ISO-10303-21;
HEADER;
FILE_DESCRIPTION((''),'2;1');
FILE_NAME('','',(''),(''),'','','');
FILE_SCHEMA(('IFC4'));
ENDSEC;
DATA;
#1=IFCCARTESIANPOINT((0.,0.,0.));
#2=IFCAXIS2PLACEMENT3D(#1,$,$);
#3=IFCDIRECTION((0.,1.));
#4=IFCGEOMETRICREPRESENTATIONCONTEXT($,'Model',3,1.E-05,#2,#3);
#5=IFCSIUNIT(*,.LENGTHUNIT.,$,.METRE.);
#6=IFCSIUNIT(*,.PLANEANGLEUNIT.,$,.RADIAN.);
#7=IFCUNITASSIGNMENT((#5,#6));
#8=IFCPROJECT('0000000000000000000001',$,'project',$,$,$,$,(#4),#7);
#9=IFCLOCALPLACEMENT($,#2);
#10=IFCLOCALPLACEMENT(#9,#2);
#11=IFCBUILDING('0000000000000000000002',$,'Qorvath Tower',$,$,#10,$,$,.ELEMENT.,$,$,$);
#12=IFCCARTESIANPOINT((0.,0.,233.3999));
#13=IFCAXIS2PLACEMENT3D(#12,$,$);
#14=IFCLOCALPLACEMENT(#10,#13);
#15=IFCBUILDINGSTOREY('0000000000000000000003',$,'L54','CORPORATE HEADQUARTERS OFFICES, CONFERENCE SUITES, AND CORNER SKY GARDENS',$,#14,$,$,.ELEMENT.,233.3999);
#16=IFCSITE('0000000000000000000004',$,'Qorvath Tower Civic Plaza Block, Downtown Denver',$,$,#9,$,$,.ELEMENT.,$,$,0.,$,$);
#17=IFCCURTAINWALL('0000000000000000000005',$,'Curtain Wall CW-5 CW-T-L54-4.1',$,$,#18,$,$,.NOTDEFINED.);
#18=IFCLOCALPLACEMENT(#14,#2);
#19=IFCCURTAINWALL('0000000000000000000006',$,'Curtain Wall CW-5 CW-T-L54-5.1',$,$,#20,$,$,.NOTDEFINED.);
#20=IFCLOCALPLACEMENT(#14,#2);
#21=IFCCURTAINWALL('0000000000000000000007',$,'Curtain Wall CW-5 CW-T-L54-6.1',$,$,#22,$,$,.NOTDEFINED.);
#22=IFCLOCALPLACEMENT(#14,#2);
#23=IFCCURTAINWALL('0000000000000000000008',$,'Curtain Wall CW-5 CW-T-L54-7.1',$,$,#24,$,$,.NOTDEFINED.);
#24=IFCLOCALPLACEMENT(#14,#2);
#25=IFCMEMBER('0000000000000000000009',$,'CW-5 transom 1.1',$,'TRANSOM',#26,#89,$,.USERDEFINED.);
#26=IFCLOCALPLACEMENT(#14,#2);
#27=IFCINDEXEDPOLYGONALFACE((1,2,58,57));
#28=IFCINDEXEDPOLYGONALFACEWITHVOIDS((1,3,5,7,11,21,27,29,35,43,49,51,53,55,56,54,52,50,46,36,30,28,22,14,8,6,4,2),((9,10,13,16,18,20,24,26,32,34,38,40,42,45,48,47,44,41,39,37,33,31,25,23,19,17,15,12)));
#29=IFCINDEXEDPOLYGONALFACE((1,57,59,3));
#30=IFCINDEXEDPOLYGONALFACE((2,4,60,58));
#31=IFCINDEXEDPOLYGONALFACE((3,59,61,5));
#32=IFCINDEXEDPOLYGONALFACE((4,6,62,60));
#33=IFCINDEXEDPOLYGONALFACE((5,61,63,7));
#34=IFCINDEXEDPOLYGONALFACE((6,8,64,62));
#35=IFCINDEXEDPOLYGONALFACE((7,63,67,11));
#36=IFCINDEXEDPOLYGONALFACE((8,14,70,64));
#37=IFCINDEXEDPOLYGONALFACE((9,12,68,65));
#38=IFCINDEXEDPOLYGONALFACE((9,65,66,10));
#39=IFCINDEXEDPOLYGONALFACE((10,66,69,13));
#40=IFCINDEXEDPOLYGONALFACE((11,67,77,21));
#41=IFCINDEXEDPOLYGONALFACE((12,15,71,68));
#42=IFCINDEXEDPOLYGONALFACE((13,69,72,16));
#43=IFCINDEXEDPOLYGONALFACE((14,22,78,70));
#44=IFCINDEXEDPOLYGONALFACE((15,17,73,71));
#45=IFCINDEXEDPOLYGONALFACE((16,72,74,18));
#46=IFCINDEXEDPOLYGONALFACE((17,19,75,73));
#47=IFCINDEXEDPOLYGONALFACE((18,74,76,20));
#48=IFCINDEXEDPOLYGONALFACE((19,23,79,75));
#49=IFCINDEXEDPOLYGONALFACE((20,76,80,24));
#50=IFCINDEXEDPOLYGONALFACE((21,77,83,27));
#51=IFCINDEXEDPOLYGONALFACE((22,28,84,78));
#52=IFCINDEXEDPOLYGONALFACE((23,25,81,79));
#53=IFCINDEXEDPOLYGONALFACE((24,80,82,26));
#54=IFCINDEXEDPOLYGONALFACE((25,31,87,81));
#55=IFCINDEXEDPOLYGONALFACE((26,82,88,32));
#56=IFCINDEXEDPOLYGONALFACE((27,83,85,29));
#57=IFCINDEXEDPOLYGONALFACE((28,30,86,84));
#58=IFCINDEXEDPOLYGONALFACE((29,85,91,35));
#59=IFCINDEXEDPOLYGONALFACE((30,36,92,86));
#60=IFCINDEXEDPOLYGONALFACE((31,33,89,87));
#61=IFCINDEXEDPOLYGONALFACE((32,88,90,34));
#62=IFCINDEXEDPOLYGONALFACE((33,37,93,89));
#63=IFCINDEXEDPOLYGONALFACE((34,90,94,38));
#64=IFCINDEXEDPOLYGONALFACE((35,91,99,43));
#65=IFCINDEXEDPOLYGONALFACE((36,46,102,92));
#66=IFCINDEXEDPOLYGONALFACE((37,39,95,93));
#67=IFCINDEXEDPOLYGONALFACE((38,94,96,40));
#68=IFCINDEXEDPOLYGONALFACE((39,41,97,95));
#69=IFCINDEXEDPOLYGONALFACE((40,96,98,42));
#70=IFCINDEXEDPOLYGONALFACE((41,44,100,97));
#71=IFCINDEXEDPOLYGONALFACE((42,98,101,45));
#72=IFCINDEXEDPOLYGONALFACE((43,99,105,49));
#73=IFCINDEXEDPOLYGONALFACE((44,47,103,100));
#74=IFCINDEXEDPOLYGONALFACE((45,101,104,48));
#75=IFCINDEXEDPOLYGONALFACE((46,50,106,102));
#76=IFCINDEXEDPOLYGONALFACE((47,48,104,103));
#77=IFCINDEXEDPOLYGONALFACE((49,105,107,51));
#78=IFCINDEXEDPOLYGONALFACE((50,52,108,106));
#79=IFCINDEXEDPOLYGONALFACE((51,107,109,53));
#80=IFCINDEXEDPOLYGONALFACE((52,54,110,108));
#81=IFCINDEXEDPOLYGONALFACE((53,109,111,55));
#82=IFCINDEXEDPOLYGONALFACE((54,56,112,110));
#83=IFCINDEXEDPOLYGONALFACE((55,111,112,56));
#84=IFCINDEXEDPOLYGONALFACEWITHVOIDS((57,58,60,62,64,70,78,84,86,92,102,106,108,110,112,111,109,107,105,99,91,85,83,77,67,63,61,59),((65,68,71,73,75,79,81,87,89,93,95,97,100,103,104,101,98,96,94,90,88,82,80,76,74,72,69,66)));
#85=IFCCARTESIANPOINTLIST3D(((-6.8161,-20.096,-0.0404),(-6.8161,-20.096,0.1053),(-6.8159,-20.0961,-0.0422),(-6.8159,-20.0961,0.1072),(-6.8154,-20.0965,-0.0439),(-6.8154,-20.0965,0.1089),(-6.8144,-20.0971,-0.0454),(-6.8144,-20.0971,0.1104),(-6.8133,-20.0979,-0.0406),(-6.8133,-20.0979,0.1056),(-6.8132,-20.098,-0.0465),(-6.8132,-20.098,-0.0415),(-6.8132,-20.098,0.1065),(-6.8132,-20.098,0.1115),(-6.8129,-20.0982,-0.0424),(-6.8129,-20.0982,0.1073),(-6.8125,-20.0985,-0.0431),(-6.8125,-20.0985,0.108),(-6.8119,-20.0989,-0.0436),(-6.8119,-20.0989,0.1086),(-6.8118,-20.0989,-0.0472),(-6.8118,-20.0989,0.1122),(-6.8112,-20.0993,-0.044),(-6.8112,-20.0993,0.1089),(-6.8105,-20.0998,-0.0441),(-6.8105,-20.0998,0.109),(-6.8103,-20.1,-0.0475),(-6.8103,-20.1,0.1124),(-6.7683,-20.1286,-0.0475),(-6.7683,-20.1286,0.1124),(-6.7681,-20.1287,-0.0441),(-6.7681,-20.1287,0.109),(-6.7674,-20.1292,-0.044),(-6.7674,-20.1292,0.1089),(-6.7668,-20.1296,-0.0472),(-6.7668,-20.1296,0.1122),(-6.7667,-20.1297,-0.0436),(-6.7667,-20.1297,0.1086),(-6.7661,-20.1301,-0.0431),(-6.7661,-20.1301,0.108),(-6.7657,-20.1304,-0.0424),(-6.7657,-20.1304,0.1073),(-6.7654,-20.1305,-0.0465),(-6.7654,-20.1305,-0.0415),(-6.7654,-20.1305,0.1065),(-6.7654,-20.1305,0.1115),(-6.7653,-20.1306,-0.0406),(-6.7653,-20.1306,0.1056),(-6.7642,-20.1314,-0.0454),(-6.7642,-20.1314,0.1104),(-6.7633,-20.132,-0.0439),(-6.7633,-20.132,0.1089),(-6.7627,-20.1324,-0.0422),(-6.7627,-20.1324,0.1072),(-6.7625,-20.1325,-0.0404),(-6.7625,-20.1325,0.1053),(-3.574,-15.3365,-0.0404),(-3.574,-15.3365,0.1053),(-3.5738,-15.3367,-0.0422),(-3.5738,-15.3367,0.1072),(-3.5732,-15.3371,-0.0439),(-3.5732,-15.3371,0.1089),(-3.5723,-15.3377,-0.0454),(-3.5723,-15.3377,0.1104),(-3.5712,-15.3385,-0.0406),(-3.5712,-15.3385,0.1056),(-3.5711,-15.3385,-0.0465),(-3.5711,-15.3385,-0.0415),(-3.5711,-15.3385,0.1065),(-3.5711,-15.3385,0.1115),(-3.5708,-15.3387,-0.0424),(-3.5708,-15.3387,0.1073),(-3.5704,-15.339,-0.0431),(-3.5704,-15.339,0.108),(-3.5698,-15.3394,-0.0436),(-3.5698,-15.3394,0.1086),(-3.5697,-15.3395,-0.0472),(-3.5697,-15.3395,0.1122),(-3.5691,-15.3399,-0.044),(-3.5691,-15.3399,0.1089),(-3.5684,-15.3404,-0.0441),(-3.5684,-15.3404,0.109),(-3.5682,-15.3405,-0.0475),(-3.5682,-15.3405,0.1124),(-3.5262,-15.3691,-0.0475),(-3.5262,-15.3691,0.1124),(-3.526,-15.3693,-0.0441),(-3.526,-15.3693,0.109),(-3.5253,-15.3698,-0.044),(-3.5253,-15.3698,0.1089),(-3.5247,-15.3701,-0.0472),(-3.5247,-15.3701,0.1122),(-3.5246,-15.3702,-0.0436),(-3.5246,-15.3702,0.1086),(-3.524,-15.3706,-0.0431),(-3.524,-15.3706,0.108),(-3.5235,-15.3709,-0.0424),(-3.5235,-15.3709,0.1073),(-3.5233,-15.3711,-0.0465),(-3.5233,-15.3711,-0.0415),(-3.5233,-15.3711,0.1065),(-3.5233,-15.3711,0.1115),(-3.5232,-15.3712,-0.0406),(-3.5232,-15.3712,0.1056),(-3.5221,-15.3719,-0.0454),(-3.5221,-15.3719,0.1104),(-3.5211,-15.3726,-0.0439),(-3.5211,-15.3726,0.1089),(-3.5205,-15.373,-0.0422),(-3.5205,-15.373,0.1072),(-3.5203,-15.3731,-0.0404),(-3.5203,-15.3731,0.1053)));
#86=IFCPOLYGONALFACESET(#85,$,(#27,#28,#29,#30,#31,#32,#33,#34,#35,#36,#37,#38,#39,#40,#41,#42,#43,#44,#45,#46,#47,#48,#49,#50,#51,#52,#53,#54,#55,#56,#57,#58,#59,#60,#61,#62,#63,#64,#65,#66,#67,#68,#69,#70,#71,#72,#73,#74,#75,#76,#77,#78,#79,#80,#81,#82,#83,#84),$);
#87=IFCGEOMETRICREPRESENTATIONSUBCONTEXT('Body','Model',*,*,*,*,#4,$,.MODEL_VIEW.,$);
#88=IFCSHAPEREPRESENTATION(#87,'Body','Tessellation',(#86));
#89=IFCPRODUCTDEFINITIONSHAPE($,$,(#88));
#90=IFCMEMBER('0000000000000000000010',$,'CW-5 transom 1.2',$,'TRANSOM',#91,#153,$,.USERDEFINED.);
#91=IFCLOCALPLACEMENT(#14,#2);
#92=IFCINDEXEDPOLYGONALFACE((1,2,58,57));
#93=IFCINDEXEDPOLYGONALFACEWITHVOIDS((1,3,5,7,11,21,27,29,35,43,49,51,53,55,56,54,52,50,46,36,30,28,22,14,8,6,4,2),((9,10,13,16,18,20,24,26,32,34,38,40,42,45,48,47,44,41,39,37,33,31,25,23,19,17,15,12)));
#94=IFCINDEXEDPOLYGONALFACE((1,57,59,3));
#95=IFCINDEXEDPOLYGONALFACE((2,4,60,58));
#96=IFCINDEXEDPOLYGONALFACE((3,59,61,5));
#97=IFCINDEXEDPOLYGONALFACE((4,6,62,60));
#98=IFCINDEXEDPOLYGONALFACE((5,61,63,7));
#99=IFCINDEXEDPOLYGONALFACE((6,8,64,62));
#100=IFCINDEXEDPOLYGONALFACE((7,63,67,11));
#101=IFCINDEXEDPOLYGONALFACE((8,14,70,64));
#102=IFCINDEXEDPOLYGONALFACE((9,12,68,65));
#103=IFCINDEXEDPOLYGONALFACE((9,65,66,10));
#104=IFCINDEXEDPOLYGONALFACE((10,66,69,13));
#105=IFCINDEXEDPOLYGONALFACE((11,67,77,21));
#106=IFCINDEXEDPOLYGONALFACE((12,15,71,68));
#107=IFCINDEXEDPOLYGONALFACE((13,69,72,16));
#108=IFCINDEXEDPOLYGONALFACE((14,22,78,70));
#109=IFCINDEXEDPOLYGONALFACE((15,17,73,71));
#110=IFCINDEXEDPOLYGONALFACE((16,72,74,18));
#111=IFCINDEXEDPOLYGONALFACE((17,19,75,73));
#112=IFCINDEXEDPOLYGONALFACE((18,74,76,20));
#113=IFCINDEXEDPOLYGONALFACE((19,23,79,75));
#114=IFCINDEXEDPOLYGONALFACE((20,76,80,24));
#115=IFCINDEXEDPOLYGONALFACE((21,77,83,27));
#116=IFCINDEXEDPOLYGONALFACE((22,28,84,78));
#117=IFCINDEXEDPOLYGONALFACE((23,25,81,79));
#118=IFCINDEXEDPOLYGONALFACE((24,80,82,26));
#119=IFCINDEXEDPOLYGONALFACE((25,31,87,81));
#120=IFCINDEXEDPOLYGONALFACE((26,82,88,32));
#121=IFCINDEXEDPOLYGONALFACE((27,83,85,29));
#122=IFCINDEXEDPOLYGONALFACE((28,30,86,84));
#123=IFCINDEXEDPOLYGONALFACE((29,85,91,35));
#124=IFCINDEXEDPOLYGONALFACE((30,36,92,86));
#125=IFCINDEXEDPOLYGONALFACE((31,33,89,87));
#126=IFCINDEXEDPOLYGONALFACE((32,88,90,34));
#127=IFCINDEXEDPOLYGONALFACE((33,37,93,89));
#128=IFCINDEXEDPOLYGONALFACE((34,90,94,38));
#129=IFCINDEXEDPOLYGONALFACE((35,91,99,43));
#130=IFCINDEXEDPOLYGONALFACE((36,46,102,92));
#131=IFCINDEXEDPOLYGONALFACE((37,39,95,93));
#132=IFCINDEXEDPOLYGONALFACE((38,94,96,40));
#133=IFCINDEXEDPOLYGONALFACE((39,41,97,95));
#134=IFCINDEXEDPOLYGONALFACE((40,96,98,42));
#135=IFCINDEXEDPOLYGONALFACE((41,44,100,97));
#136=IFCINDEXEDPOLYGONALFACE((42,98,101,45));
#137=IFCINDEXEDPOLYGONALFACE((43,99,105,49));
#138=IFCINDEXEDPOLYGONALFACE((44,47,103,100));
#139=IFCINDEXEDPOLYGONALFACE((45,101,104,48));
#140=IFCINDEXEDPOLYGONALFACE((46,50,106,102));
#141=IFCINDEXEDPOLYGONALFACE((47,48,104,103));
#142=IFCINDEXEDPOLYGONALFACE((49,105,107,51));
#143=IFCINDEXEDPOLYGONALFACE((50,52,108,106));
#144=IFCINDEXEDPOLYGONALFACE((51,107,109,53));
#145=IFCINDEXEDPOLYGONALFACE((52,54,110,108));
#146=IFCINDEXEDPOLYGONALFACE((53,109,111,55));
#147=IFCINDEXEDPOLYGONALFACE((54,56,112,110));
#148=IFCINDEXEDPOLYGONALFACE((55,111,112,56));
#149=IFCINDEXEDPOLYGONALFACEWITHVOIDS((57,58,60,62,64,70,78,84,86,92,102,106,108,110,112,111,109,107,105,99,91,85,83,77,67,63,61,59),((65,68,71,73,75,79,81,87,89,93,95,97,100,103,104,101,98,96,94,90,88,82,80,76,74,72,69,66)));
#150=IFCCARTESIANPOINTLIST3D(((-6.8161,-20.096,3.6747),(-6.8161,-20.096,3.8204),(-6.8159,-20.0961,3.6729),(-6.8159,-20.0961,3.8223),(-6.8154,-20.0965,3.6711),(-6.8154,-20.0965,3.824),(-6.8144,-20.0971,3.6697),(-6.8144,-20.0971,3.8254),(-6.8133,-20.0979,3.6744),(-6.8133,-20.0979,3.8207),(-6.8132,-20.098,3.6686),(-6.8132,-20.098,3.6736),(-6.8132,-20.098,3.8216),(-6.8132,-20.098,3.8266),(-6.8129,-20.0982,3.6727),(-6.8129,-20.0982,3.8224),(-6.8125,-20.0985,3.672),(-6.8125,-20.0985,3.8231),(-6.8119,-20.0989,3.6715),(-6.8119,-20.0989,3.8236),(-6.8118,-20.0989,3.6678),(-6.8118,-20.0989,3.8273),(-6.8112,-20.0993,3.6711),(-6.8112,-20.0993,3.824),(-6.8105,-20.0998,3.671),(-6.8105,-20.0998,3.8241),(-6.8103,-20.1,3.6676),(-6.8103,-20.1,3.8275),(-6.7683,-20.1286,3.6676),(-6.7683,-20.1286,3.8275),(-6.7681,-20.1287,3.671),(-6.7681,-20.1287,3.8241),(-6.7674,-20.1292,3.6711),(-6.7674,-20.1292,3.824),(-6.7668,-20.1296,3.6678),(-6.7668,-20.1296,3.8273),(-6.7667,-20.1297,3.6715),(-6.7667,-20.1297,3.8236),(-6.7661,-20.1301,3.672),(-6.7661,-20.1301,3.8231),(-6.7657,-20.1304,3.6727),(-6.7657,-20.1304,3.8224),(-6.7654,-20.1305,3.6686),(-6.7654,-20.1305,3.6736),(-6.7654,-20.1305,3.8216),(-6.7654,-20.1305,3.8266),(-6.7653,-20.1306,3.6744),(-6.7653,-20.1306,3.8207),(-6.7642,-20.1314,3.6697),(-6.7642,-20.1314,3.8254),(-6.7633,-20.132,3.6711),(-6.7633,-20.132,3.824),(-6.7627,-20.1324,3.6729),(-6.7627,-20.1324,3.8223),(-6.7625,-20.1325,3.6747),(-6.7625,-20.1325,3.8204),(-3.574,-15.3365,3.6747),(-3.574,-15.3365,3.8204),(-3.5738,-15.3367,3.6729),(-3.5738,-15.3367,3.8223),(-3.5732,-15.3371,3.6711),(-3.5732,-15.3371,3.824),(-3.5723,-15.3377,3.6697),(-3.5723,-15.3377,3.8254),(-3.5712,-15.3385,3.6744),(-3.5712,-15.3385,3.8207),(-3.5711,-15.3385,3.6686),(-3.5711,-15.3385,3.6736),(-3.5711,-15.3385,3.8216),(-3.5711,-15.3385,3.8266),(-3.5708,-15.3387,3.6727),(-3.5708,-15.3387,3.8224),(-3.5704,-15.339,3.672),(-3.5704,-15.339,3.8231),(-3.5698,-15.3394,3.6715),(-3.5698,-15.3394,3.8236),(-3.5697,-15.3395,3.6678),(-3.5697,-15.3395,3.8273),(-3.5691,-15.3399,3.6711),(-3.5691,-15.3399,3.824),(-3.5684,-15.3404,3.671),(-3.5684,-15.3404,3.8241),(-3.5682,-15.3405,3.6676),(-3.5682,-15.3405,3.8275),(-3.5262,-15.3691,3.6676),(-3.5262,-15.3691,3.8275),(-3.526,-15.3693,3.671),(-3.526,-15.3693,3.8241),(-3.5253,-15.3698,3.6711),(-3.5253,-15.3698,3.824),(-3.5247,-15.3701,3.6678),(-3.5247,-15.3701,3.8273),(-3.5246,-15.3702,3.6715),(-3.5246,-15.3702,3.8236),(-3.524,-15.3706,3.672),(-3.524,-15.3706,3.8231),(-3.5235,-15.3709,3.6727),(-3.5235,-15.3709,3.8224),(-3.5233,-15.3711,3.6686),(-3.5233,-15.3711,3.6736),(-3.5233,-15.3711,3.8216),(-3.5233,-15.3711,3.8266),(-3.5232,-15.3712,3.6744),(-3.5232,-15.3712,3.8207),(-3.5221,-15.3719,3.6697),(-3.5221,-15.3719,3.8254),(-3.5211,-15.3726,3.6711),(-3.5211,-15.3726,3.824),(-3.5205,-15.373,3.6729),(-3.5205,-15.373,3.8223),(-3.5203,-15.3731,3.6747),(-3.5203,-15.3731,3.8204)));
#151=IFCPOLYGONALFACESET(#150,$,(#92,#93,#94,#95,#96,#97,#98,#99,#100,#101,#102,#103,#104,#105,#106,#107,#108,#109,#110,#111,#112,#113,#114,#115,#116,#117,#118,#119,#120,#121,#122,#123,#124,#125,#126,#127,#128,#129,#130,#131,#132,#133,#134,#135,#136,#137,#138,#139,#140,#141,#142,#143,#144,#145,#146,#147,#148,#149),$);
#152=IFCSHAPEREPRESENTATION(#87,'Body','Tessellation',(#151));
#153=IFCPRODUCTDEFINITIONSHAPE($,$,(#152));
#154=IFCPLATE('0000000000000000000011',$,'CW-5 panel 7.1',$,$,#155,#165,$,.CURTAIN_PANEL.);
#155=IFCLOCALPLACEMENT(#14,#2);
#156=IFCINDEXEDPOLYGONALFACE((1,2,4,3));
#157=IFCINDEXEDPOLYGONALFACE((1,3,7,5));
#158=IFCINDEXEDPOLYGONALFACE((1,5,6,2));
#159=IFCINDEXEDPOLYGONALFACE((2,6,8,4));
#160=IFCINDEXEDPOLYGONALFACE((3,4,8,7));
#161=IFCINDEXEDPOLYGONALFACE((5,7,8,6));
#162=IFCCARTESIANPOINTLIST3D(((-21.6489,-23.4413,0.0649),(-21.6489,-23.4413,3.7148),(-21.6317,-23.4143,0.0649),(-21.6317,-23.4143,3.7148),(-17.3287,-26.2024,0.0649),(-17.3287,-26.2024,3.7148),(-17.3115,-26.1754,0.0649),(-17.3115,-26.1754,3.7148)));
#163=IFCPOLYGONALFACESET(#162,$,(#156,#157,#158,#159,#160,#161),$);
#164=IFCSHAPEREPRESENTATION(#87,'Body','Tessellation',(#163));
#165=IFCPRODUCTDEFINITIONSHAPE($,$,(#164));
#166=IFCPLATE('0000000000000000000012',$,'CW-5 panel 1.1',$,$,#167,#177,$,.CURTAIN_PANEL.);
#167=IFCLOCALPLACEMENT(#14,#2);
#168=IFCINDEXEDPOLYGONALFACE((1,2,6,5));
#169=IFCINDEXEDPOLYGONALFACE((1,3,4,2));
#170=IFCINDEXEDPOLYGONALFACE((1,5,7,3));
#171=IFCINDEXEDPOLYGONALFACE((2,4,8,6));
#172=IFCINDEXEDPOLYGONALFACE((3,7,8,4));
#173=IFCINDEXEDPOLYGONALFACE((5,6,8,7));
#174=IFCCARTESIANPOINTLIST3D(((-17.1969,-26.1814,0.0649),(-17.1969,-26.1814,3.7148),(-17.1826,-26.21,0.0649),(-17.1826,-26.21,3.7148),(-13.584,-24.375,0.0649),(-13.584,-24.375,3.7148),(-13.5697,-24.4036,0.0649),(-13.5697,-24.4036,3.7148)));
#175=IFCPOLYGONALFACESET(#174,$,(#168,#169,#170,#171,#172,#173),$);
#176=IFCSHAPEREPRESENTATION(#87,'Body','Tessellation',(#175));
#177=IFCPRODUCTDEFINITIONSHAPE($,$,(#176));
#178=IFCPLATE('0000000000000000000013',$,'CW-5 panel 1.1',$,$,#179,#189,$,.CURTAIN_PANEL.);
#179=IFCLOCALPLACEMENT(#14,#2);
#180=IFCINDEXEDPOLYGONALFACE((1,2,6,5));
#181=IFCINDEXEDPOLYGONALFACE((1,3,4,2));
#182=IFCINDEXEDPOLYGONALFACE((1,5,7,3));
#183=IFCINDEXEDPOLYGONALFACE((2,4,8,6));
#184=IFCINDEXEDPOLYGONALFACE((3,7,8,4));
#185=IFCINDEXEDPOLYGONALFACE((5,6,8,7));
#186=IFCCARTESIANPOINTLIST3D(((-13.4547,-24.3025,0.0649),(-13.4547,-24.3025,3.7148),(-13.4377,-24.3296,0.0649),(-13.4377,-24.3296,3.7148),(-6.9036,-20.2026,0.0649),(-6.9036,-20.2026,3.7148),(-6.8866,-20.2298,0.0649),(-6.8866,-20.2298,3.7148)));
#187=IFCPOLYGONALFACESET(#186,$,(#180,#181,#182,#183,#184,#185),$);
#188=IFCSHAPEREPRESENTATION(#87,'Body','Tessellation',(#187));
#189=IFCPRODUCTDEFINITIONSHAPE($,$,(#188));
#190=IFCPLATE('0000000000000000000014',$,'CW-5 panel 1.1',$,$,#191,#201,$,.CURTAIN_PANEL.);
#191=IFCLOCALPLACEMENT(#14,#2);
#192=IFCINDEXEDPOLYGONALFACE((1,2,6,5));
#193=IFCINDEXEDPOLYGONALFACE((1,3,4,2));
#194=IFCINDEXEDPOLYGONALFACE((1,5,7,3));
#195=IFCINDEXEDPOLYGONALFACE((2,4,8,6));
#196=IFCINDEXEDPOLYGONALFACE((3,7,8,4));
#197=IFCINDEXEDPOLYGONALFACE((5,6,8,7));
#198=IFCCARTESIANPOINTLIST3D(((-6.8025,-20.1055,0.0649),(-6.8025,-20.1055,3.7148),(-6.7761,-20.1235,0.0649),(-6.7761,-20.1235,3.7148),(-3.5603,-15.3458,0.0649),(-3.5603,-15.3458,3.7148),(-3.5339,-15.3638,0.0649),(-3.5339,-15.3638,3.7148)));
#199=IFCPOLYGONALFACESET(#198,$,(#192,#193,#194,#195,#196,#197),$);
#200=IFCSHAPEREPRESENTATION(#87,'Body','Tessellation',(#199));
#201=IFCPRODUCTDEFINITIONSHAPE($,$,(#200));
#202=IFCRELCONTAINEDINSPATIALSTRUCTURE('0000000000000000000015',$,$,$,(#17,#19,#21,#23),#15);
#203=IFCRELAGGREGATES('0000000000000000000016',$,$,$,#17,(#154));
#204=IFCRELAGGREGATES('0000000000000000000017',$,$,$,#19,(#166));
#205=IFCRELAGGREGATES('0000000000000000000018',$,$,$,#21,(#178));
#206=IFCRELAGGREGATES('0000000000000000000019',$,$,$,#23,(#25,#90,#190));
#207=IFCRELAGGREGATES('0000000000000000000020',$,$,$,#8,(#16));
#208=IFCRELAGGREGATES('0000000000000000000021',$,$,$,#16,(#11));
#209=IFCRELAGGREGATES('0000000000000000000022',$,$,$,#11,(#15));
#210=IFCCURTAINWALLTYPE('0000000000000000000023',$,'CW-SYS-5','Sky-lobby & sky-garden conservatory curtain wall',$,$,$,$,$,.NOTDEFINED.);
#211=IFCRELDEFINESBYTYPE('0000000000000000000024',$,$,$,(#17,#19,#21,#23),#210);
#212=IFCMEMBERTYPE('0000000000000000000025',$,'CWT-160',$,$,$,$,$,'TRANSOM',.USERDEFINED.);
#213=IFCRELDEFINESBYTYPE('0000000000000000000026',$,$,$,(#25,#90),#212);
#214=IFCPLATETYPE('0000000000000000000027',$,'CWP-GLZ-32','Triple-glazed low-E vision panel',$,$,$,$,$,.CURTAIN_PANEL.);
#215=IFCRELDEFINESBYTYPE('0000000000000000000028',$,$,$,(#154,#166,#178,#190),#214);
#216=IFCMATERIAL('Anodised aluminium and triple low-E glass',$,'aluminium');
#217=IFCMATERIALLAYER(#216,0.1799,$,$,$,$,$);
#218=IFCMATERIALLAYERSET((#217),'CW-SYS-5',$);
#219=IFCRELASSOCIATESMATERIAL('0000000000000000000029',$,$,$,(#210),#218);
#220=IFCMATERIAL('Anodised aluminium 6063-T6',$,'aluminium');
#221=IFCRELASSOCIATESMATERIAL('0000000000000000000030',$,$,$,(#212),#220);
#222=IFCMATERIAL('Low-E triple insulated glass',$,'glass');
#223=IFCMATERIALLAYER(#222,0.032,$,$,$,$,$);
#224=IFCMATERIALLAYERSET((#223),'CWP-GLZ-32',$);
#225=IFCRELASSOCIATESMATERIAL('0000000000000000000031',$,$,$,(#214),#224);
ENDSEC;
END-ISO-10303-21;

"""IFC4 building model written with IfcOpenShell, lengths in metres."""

from ifc_helpers import new_model, si_unit, direction, frame, origin, origin_2d, place, context, subcontext, project, spatial, rectangle, hollow_rectangle, extrude, material, layer, layer_set, material_profile, profile_set, type_object, element, aggregate, save


model = new_model("IFC4")

# Units and contexts
model_context = context("Model", 3, precision=1e-05, world=origin(), true_north=direction((0.0, 1.0)))
body_context = subcontext(model_context, "Body", "Model", "MODEL_VIEW")
ifc_project = project(units=[si_unit("LENGTHUNIT", "METRE"), si_unit("PLANEANGLEUNIT", "RADIAN")], contexts=[model_context])

# Site, building, storey
site_placement = place(None, origin())
site = spatial("IfcSite", under=ifc_project, at=site_placement, Name="Qorvath Tower Civic Plaza Block, Downtown Denver", CompositionType="ELEMENT", RefElevation=0.0)
building_placement = place(site_placement, origin())
building = spatial("IfcBuilding", under=site, at=building_placement, Name="Qorvath Tower", CompositionType="ELEMENT")
storey_placement = place(building_placement, frame((0.0, 0.0, 233.3999)))
storey = spatial("IfcBuildingStorey", under=building, at=storey_placement, Name="L54", Description="CORPORATE HEADQUARTERS OFFICES, CONFERENCE SUITES, AND CORNER SKY GARDENS", CompositionType="ELEMENT", Elevation=233.3999)

# Curtain wall
ifc_material_1 = material(Name="Anodised aluminium and triple low-E glass", Category="aluminium")
ifc_layer_1 = layer(ifc_material_1, 0.1799)
ifc_layer_set_1 = layer_set([ifc_layer_1], Name="CW-SYS-5")
curtain_wall_type = type_object("IfcCurtainWallType", Name="CW-SYS-5", Description="Sky-lobby & sky-garden conservatory curtain wall", PredefinedType="NOTDEFINED", material=ifc_layer_set_1)
curtain_wall_1_placement = place(storey_placement, origin())
curtain_wall_1 = element("IfcCurtainWall", 1, at=curtain_wall_1_placement, inside=storey, type_object=curtain_wall_type, Name="Curtain Wall CW-5 CW-T-L54-4.1", PredefinedType="NOTDEFINED")

# Curtain walls
curtain_wall_2_placement = place(storey_placement, origin())
curtain_wall_2 = element("IfcCurtainWall", 2, at=curtain_wall_2_placement, inside=storey, type_object=curtain_wall_type, Name="Curtain Wall CW-5 CW-T-L54-5.1", PredefinedType="NOTDEFINED")
curtain_wall_3_placement = place(storey_placement, origin())
curtain_wall_3 = element("IfcCurtainWall", 3, at=curtain_wall_3_placement, inside=storey, type_object=curtain_wall_type, Name="Curtain Wall CW-5 CW-T-L54-6.1", PredefinedType="NOTDEFINED")
curtain_wall_4_placement = place(storey_placement, origin())
curtain_wall_4 = element("IfcCurtainWall", 4, at=curtain_wall_4_placement, inside=storey, type_object=curtain_wall_type, Name="Curtain Wall CW-5 CW-T-L54-7.1", PredefinedType="NOTDEFINED")

# Members
ifc_material_2 = material(Name="Anodised aluminium 6063-T6", Category="aluminium")
ifc_material_profile_1 = material_profile(ifc_material_2, hollow_rectangle(XDim=0.0649, YDim=0.1599, WallThickness=0.0034, InnerFilletRadius=0.0034, OuterFilletRadius=0.0071, at=origin_2d()), Name="CWT 160x65")
ifc_profile_set_1 = profile_set([ifc_material_profile_1], Name="Anodised aluminium 6063-T6")
member_type_1 = type_object("IfcMemberType", Name="CWT-160", ElementType="TRANSOM", PredefinedType="USERDEFINED", material=ifc_profile_set_1)
member_1_placement = place(storey_placement, frame((-6.7893, -20.1143, 0.0325), z_axis=(0.562988, 0.826465, 0.0), x_axis=(-0.826465, 0.562988, 0.0)))
member_1 = element("IfcMember", 5, at=member_1_placement, type_object=member_type_1, Name="CW-5 transom 1.1", ObjectType="TRANSOM", PredefinedType="USERDEFINED", context=body_context, shape_type="SweptSolid", body=[
    extrude(hollow_rectangle(XDim=0.0649, YDim=0.1599, WallThickness=0.0034, InnerFilletRadius=0.0034, OuterFilletRadius=0.0071, at=origin_2d()), origin(), (0.0, 0.0, 1.0), 5.7588),
])
member_2_placement = place(storey_placement, frame((-6.7893, -20.1143, 3.7476), z_axis=(0.562988, 0.826465, 0.0), x_axis=(-0.826465, 0.562988, 0.0)))
member_2 = element("IfcMember", 6, at=member_2_placement, type_object=member_type_1, Name="CW-5 transom 1.2", ObjectType="TRANSOM", PredefinedType="USERDEFINED", context=body_context, shape_type="SweptSolid", body=[
    extrude(hollow_rectangle(XDim=0.0649, YDim=0.1599, WallThickness=0.0034, InnerFilletRadius=0.0034, OuterFilletRadius=0.0071, at=origin_2d()), origin(), (0.0, 0.0, 1.0), 5.7588),
])

# Plates
ifc_material_3 = material(Name="Low-E triple insulated glass", Category="glass")
ifc_layer_2 = layer(ifc_material_3, 0.032)
ifc_layer_set_2 = layer_set([ifc_layer_2], Name="CWP-GLZ-32")
plate_type = type_object("IfcPlateType", Name="CWP-GLZ-32", Description="Triple-glazed low-E vision panel", PredefinedType="CURTAIN_PANEL", material=ifc_layer_set_2)
plate_1_placement = place(storey_placement, frame((-19.4802, -24.8083, 0.0649), z_axis=(0.0, 0.0, 1.0), x_axis=(0.842607, -0.538528, 0.0)))
plate_1 = element("IfcPlate", 7, at=plate_1_placement, type_object=plate_type, Name="CW-5 panel 7.1", PredefinedType="CURTAIN_PANEL", context=body_context, shape_type="SweptSolid", body=[
    extrude(rectangle(XDim=5.1272, YDim=0.032, at=origin_2d()), origin(), (0.0, 0.0, 1.0), 3.6499),
])
aggregate(curtain_wall_1, [plate_1])
plate_2_placement = place(storey_placement, frame((-15.3833, -25.2925, 0.0649), z_axis=(0.0, 0.0, 1.0), x_axis=(0.894427, 0.447214, 0.0)))
plate_2 = element("IfcPlate", 8, at=plate_2_placement, type_object=plate_type, Name="CW-5 panel 1.1", PredefinedType="CURTAIN_PANEL", context=body_context, shape_type="SweptSolid", body=[
    extrude(rectangle(XDim=4.0393, YDim=0.032, at=origin_2d()), origin(), (0.0, 0.0, 1.0), 3.6499),
])
aggregate(curtain_wall_2, [plate_2])
plate_3_placement = place(storey_placement, frame((-10.1707, -22.2661, 0.0649), z_axis=(0.0, 0.0, 1.0), x_axis=(0.847687, 0.530497, 0.0)))
plate_3 = element("IfcPlate", 9, at=plate_3_placement, type_object=plate_type, Name="CW-5 panel 1.1", PredefinedType="CURTAIN_PANEL", context=body_context, shape_type="SweptSolid", body=[
    extrude(rectangle(XDim=7.7283, YDim=0.032, at=origin_2d()), origin(), (0.0, 0.0, 1.0), 3.6499),
])
aggregate(curtain_wall_3, [plate_3])
plate_4_placement = place(storey_placement, frame((-5.1682, -17.7346, 0.0649), z_axis=(0.0, 0.0, 1.0), x_axis=(0.562975, 0.826474, 0.0)))
plate_4 = element("IfcPlate", 10, at=plate_4_placement, type_object=plate_type, Name="CW-5 panel 1.1", PredefinedType="CURTAIN_PANEL", context=body_context, shape_type="SweptSolid", body=[
    extrude(rectangle(XDim=5.759, YDim=0.032, at=origin_2d()), origin(), (0.0, 0.0, 1.0), 3.6499),
])
aggregate(curtain_wall_4, [member_1, member_2, plate_4])

save(model, "model.ifc")
